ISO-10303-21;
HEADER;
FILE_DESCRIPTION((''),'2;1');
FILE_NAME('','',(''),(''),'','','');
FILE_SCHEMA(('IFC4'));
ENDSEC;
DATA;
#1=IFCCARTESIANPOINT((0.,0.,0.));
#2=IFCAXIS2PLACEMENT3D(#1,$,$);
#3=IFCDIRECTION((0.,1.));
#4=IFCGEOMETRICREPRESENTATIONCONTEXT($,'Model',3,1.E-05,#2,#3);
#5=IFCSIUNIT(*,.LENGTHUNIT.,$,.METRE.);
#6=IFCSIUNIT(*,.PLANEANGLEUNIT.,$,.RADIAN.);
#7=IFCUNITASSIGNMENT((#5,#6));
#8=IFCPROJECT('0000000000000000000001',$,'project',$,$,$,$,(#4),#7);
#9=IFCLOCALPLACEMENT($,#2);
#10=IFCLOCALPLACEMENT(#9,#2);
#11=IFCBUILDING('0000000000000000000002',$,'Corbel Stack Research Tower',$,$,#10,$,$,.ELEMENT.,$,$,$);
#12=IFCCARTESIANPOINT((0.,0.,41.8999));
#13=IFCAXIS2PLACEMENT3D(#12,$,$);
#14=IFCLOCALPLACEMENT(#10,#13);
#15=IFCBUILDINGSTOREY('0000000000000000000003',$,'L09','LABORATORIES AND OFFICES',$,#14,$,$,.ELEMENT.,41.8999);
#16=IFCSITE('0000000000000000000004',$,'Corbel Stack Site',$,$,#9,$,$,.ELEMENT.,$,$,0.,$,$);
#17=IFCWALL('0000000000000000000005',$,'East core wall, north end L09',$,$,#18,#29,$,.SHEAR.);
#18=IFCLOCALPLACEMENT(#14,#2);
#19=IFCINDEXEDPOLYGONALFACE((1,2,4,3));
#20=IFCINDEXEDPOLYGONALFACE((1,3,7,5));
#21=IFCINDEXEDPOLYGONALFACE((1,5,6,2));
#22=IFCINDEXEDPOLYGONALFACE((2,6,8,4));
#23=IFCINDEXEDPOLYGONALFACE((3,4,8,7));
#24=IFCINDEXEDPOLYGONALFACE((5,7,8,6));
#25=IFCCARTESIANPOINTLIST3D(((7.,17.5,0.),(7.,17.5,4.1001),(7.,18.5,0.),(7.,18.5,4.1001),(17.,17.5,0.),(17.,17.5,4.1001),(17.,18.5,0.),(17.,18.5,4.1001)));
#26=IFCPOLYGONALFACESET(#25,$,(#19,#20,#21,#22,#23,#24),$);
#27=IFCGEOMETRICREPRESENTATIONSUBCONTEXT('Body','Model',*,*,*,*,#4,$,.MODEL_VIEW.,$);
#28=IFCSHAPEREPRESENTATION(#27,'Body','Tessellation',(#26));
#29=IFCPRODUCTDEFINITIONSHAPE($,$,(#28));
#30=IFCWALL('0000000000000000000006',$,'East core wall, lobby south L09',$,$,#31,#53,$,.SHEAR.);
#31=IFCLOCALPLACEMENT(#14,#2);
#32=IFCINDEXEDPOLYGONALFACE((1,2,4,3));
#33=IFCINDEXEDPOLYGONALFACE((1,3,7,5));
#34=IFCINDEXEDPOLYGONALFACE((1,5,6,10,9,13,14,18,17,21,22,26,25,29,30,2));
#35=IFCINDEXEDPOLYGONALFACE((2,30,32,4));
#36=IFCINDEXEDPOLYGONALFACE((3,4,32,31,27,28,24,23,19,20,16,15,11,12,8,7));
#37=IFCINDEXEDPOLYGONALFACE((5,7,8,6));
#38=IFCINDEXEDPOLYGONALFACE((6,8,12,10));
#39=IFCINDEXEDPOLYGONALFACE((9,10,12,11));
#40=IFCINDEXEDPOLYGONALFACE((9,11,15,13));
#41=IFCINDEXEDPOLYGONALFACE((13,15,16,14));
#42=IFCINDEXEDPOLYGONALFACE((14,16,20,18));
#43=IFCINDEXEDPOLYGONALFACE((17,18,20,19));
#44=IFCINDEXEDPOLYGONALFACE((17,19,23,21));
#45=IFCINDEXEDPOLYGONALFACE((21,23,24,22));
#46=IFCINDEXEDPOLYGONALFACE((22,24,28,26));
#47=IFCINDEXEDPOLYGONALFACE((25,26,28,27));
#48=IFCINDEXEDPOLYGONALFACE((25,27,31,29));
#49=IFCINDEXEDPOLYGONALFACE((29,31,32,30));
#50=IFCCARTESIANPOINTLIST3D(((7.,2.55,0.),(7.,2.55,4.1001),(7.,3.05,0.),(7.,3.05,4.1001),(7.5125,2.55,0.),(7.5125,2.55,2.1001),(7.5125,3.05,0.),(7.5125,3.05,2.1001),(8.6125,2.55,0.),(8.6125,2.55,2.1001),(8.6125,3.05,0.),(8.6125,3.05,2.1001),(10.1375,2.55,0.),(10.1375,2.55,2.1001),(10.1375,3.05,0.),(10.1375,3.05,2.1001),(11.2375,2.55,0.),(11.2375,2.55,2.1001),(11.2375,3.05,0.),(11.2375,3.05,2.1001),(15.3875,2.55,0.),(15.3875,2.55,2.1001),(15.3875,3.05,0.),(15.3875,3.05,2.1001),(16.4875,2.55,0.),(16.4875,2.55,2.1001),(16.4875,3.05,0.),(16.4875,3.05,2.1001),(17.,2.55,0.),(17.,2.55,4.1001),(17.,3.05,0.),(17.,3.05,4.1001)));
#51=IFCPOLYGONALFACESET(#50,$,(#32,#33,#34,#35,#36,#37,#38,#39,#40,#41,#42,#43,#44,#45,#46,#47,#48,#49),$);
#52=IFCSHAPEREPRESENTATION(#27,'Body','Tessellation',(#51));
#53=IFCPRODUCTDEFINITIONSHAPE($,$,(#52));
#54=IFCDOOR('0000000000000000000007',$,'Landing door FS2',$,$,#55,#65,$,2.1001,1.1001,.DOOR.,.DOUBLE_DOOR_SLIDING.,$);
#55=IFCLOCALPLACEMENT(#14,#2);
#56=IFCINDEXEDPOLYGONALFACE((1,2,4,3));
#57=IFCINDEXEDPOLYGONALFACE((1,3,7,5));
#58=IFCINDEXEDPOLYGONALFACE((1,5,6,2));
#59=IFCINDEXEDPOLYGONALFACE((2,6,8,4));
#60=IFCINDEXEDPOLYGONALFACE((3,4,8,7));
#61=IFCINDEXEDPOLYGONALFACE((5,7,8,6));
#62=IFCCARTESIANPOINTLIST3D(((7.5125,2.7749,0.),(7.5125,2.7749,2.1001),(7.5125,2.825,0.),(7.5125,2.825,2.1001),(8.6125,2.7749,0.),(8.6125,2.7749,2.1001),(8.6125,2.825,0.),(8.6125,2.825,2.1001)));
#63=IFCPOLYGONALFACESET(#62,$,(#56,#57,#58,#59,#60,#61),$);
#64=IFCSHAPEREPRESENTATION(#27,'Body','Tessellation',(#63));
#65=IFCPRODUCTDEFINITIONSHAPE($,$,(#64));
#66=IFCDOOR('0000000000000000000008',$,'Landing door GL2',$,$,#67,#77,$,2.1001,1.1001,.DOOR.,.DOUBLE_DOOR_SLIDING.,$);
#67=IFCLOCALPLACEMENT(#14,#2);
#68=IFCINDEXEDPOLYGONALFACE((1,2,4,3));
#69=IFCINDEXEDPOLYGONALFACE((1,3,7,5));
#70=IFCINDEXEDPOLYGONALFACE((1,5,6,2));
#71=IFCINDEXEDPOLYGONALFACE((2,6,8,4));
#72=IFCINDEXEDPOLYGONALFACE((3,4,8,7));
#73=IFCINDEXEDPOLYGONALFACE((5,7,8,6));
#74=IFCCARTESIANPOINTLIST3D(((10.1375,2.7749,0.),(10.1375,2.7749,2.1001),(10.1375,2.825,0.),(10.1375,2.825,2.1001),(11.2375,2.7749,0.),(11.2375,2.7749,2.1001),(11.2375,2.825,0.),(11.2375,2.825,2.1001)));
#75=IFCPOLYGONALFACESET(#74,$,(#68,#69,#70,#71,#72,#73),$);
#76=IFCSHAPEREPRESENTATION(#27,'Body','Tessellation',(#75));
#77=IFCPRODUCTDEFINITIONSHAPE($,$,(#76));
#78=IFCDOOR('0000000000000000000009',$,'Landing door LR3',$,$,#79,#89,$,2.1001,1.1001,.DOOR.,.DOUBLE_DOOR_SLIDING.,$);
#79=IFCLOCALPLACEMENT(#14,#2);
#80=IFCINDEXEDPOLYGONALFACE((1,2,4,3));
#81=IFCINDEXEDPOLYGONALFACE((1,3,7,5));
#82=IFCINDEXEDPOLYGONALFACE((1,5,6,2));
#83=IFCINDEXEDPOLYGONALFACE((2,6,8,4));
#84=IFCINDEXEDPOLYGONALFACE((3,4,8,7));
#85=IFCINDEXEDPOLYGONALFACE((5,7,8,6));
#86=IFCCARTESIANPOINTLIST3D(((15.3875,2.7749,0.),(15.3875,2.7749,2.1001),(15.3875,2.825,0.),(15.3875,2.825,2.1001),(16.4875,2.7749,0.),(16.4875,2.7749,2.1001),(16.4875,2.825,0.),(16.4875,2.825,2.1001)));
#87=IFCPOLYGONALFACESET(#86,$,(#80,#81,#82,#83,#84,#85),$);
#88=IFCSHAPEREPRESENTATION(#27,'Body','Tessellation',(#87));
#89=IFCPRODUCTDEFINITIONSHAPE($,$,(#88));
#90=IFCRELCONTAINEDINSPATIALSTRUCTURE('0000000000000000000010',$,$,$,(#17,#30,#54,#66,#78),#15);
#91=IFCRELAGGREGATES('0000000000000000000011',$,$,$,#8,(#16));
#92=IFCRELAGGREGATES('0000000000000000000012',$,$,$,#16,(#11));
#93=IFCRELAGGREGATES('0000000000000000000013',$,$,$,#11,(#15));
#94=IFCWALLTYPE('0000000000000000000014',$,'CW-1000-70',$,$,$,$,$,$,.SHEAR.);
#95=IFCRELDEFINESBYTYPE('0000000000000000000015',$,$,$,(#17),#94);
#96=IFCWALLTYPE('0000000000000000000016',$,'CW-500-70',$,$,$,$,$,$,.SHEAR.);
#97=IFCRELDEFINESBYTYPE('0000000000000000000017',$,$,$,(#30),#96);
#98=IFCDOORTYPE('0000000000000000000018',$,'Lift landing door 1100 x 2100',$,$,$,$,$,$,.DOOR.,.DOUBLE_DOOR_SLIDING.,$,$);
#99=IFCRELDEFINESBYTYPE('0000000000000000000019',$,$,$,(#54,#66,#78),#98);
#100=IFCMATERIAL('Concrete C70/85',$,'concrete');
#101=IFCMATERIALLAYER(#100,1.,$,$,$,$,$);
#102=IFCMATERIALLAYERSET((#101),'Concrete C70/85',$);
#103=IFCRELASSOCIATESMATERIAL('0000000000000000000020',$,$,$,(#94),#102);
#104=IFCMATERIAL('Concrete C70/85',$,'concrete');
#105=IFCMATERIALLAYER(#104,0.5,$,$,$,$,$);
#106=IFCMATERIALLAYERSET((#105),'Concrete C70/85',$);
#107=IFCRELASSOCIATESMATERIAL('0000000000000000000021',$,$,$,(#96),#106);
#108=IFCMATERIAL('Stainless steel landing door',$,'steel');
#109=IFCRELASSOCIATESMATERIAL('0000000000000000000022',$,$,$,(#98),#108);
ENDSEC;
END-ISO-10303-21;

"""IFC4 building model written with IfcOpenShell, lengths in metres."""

from ifc_helpers import new_model, si_unit, direction, frame, frame_2d, origin, place, context, subcontext, project, spatial, rectangle, extrude, material, layer, layer_set, type_object, element, fill, save


model = new_model("IFC4")

# Units and contexts
model_context = context("Model", 3, precision=1e-05, world=origin(), true_north=direction((0.0, 1.0)))
body_context = subcontext(model_context, "Body", "Model", "MODEL_VIEW")
ifc_project = project(units=[si_unit("LENGTHUNIT", "METRE"), si_unit("PLANEANGLEUNIT", "RADIAN")], contexts=[model_context])

# Site, building, storey
site_placement = place(None, origin())
site = spatial("IfcSite", under=ifc_project, at=site_placement, Name="Corbel Stack Site", CompositionType="ELEMENT", RefElevation=0.0)
building_placement = place(site_placement, origin())
building = spatial("IfcBuilding", under=site, at=building_placement, Name="Corbel Stack Research Tower", CompositionType="ELEMENT")
storey_placement = place(building_placement, frame((0.0, 0.0, 41.8999)))
storey = spatial("IfcBuildingStorey", under=building, at=storey_placement, Name="L09", Description="LABORATORIES AND OFFICES", CompositionType="ELEMENT", Elevation=41.8999)

# Wall
ifc_material_1 = material(Name="Concrete C70/85", Category="concrete")
ifc_layer_1 = layer(ifc_material_1, 1.0)
ifc_layer_set_1 = layer_set([ifc_layer_1], Name="Concrete C70/85")
wall_type_1 = type_object("IfcWallType", Name="CW-1000-70", PredefinedType="SHEAR", material=ifc_layer_set_1)
wall_1_placement = place(storey_placement, frame((7.0, 18.0, 0.0), z_axis=(0.0, 0.0, 1.0), x_axis=(1.0, 0.0, 0.0)))
element("IfcWall", 1, at=wall_1_placement, inside=storey, type_object=wall_type_1, Name="East core wall, north end L09", PredefinedType="SHEAR", context=body_context, shape_type="SweptSolid", body=[
    extrude(rectangle(XDim=10.0, YDim=1.0, at=frame_2d((5.0, 0.0))), origin(), (0.0, 0.0, 1.0), 4.1001),
])

# Wall, openings, doors
ifc_material_2 = material(Name="Concrete C70/85", Category="concrete")
ifc_layer_2 = layer(ifc_material_2, 0.5)
ifc_layer_set_2 = layer_set([ifc_layer_2], Name="Concrete C70/85")
wall_type_2 = type_object("IfcWallType", Name="CW-500-70", PredefinedType="SHEAR", material=ifc_layer_set_2)
wall_2_placement = place(storey_placement, frame((7.0, 2.8, 0.0), z_axis=(0.0, 0.0, 1.0), x_axis=(1.0, 0.0, 0.0)))
wall_2 = element("IfcWall", 2, at=wall_2_placement, inside=storey, type_object=wall_type_2, Name="East core wall, lobby south L09", PredefinedType="SHEAR", context=body_context, shape_type="SweptSolid", body=[
    extrude(rectangle(XDim=10.0, YDim=0.5, at=frame_2d((5.0, 0.0))), origin(), (0.0, 0.0, 1.0), 4.1001),
])
opening_1_placement = place(wall_2_placement, frame((0.5125, 0.0, 0.0)))
opening_1 = element("IfcOpeningElement", 3, at=opening_1_placement, cuts=wall_2, PredefinedType="OPENING", context=body_context, shape_type="SweptSolid", body=[
    extrude(rectangle(XDim=1.1001, YDim=2.1001, at=frame_2d((0.55, 1.05))), frame((0.0, 0.26, 0.0), z_axis=(0.0, -1.0, 0.0), x_axis=(1.0, 0.0, 0.0)), (0.0, 0.0, 1.0), 0.52),
])
opening_2_placement = place(wall_2_placement, frame((3.1375, 0.0, 0.0)))
opening_2 = element("IfcOpeningElement", 4, at=opening_2_placement, cuts=wall_2, PredefinedType="OPENING", context=body_context, shape_type="SweptSolid", body=[
    extrude(rectangle(XDim=1.1001, YDim=2.1001, at=frame_2d((0.55, 1.05))), frame((0.0, 0.26, 0.0), z_axis=(0.0, -1.0, 0.0), x_axis=(1.0, 0.0, 0.0)), (0.0, 0.0, 1.0), 0.52),
])
opening_3_placement = place(wall_2_placement, frame((8.3875, 0.0, 0.0)))
opening_3 = element("IfcOpeningElement", 5, at=opening_3_placement, cuts=wall_2, PredefinedType="OPENING", context=body_context, shape_type="SweptSolid", body=[
    extrude(rectangle(XDim=1.1001, YDim=2.1001, at=frame_2d((0.55, 1.05))), frame((0.0, 0.26, 0.0), z_axis=(0.0, -1.0, 0.0), x_axis=(1.0, 0.0, 0.0)), (0.0, 0.0, 1.0), 0.52),
])
ifc_material_3 = material(Name="Stainless steel landing door", Category="steel")
door_type_1 = type_object("IfcDoorType", Name="Lift landing door 1100 x 2100", OperationType="DOUBLE_DOOR_SLIDING", PredefinedType="DOOR", material=ifc_material_3)
door_1_placement = place(opening_1_placement, origin())
door_1 = element("IfcDoor", 6, at=door_1_placement, inside=storey, type_object=door_type_1, Name="Landing door FS2", OperationType="DOUBLE_DOOR_SLIDING", OverallHeight=2.1001, OverallWidth=1.1001, PredefinedType="DOOR", context=body_context, shape_type="SweptSolid", body=[
    extrude(rectangle(XDim=1.1001, YDim=2.1001, at=frame_2d((0.55, 1.05))), frame((0.0, 0.0249, 0.0), z_axis=(0.0, -1.0, 0.0), x_axis=(1.0, 0.0, 0.0)), (0.0, 0.0, 1.0), 0.05),
])
fill(opening_1, door_1)
door_2_placement = place(opening_2_placement, origin())
door_2 = element("IfcDoor", 7, at=door_2_placement, inside=storey, type_object=door_type_1, Name="Landing door GL2", OperationType="DOUBLE_DOOR_SLIDING", OverallHeight=2.1001, OverallWidth=1.1001, PredefinedType="DOOR", context=body_context, shape_type="SweptSolid", body=[
    extrude(rectangle(XDim=1.1001, YDim=2.1001, at=frame_2d((0.55, 1.05))), frame((0.0, 0.0249, 0.0), z_axis=(0.0, -1.0, 0.0), x_axis=(1.0, 0.0, 0.0)), (0.0, 0.0, 1.0), 0.05),
])
fill(opening_2, door_2)
door_3_placement = place(opening_3_placement, origin())
door_3 = element("IfcDoor", 8, at=door_3_placement, inside=storey, type_object=door_type_1, Name="Landing door LR3", OperationType="DOUBLE_DOOR_SLIDING", OverallHeight=2.1001, OverallWidth=1.1001, PredefinedType="DOOR", context=body_context, shape_type="SweptSolid", body=[
    extrude(rectangle(XDim=1.1001, YDim=2.1001, at=frame_2d((0.55, 1.05))), frame((0.0, 0.0249, 0.0), z_axis=(0.0, -1.0, 0.0), x_axis=(1.0, 0.0, 0.0)), (0.0, 0.0, 1.0), 0.05),
])
fill(opening_3, door_3)

save(model, "model.ifc")
